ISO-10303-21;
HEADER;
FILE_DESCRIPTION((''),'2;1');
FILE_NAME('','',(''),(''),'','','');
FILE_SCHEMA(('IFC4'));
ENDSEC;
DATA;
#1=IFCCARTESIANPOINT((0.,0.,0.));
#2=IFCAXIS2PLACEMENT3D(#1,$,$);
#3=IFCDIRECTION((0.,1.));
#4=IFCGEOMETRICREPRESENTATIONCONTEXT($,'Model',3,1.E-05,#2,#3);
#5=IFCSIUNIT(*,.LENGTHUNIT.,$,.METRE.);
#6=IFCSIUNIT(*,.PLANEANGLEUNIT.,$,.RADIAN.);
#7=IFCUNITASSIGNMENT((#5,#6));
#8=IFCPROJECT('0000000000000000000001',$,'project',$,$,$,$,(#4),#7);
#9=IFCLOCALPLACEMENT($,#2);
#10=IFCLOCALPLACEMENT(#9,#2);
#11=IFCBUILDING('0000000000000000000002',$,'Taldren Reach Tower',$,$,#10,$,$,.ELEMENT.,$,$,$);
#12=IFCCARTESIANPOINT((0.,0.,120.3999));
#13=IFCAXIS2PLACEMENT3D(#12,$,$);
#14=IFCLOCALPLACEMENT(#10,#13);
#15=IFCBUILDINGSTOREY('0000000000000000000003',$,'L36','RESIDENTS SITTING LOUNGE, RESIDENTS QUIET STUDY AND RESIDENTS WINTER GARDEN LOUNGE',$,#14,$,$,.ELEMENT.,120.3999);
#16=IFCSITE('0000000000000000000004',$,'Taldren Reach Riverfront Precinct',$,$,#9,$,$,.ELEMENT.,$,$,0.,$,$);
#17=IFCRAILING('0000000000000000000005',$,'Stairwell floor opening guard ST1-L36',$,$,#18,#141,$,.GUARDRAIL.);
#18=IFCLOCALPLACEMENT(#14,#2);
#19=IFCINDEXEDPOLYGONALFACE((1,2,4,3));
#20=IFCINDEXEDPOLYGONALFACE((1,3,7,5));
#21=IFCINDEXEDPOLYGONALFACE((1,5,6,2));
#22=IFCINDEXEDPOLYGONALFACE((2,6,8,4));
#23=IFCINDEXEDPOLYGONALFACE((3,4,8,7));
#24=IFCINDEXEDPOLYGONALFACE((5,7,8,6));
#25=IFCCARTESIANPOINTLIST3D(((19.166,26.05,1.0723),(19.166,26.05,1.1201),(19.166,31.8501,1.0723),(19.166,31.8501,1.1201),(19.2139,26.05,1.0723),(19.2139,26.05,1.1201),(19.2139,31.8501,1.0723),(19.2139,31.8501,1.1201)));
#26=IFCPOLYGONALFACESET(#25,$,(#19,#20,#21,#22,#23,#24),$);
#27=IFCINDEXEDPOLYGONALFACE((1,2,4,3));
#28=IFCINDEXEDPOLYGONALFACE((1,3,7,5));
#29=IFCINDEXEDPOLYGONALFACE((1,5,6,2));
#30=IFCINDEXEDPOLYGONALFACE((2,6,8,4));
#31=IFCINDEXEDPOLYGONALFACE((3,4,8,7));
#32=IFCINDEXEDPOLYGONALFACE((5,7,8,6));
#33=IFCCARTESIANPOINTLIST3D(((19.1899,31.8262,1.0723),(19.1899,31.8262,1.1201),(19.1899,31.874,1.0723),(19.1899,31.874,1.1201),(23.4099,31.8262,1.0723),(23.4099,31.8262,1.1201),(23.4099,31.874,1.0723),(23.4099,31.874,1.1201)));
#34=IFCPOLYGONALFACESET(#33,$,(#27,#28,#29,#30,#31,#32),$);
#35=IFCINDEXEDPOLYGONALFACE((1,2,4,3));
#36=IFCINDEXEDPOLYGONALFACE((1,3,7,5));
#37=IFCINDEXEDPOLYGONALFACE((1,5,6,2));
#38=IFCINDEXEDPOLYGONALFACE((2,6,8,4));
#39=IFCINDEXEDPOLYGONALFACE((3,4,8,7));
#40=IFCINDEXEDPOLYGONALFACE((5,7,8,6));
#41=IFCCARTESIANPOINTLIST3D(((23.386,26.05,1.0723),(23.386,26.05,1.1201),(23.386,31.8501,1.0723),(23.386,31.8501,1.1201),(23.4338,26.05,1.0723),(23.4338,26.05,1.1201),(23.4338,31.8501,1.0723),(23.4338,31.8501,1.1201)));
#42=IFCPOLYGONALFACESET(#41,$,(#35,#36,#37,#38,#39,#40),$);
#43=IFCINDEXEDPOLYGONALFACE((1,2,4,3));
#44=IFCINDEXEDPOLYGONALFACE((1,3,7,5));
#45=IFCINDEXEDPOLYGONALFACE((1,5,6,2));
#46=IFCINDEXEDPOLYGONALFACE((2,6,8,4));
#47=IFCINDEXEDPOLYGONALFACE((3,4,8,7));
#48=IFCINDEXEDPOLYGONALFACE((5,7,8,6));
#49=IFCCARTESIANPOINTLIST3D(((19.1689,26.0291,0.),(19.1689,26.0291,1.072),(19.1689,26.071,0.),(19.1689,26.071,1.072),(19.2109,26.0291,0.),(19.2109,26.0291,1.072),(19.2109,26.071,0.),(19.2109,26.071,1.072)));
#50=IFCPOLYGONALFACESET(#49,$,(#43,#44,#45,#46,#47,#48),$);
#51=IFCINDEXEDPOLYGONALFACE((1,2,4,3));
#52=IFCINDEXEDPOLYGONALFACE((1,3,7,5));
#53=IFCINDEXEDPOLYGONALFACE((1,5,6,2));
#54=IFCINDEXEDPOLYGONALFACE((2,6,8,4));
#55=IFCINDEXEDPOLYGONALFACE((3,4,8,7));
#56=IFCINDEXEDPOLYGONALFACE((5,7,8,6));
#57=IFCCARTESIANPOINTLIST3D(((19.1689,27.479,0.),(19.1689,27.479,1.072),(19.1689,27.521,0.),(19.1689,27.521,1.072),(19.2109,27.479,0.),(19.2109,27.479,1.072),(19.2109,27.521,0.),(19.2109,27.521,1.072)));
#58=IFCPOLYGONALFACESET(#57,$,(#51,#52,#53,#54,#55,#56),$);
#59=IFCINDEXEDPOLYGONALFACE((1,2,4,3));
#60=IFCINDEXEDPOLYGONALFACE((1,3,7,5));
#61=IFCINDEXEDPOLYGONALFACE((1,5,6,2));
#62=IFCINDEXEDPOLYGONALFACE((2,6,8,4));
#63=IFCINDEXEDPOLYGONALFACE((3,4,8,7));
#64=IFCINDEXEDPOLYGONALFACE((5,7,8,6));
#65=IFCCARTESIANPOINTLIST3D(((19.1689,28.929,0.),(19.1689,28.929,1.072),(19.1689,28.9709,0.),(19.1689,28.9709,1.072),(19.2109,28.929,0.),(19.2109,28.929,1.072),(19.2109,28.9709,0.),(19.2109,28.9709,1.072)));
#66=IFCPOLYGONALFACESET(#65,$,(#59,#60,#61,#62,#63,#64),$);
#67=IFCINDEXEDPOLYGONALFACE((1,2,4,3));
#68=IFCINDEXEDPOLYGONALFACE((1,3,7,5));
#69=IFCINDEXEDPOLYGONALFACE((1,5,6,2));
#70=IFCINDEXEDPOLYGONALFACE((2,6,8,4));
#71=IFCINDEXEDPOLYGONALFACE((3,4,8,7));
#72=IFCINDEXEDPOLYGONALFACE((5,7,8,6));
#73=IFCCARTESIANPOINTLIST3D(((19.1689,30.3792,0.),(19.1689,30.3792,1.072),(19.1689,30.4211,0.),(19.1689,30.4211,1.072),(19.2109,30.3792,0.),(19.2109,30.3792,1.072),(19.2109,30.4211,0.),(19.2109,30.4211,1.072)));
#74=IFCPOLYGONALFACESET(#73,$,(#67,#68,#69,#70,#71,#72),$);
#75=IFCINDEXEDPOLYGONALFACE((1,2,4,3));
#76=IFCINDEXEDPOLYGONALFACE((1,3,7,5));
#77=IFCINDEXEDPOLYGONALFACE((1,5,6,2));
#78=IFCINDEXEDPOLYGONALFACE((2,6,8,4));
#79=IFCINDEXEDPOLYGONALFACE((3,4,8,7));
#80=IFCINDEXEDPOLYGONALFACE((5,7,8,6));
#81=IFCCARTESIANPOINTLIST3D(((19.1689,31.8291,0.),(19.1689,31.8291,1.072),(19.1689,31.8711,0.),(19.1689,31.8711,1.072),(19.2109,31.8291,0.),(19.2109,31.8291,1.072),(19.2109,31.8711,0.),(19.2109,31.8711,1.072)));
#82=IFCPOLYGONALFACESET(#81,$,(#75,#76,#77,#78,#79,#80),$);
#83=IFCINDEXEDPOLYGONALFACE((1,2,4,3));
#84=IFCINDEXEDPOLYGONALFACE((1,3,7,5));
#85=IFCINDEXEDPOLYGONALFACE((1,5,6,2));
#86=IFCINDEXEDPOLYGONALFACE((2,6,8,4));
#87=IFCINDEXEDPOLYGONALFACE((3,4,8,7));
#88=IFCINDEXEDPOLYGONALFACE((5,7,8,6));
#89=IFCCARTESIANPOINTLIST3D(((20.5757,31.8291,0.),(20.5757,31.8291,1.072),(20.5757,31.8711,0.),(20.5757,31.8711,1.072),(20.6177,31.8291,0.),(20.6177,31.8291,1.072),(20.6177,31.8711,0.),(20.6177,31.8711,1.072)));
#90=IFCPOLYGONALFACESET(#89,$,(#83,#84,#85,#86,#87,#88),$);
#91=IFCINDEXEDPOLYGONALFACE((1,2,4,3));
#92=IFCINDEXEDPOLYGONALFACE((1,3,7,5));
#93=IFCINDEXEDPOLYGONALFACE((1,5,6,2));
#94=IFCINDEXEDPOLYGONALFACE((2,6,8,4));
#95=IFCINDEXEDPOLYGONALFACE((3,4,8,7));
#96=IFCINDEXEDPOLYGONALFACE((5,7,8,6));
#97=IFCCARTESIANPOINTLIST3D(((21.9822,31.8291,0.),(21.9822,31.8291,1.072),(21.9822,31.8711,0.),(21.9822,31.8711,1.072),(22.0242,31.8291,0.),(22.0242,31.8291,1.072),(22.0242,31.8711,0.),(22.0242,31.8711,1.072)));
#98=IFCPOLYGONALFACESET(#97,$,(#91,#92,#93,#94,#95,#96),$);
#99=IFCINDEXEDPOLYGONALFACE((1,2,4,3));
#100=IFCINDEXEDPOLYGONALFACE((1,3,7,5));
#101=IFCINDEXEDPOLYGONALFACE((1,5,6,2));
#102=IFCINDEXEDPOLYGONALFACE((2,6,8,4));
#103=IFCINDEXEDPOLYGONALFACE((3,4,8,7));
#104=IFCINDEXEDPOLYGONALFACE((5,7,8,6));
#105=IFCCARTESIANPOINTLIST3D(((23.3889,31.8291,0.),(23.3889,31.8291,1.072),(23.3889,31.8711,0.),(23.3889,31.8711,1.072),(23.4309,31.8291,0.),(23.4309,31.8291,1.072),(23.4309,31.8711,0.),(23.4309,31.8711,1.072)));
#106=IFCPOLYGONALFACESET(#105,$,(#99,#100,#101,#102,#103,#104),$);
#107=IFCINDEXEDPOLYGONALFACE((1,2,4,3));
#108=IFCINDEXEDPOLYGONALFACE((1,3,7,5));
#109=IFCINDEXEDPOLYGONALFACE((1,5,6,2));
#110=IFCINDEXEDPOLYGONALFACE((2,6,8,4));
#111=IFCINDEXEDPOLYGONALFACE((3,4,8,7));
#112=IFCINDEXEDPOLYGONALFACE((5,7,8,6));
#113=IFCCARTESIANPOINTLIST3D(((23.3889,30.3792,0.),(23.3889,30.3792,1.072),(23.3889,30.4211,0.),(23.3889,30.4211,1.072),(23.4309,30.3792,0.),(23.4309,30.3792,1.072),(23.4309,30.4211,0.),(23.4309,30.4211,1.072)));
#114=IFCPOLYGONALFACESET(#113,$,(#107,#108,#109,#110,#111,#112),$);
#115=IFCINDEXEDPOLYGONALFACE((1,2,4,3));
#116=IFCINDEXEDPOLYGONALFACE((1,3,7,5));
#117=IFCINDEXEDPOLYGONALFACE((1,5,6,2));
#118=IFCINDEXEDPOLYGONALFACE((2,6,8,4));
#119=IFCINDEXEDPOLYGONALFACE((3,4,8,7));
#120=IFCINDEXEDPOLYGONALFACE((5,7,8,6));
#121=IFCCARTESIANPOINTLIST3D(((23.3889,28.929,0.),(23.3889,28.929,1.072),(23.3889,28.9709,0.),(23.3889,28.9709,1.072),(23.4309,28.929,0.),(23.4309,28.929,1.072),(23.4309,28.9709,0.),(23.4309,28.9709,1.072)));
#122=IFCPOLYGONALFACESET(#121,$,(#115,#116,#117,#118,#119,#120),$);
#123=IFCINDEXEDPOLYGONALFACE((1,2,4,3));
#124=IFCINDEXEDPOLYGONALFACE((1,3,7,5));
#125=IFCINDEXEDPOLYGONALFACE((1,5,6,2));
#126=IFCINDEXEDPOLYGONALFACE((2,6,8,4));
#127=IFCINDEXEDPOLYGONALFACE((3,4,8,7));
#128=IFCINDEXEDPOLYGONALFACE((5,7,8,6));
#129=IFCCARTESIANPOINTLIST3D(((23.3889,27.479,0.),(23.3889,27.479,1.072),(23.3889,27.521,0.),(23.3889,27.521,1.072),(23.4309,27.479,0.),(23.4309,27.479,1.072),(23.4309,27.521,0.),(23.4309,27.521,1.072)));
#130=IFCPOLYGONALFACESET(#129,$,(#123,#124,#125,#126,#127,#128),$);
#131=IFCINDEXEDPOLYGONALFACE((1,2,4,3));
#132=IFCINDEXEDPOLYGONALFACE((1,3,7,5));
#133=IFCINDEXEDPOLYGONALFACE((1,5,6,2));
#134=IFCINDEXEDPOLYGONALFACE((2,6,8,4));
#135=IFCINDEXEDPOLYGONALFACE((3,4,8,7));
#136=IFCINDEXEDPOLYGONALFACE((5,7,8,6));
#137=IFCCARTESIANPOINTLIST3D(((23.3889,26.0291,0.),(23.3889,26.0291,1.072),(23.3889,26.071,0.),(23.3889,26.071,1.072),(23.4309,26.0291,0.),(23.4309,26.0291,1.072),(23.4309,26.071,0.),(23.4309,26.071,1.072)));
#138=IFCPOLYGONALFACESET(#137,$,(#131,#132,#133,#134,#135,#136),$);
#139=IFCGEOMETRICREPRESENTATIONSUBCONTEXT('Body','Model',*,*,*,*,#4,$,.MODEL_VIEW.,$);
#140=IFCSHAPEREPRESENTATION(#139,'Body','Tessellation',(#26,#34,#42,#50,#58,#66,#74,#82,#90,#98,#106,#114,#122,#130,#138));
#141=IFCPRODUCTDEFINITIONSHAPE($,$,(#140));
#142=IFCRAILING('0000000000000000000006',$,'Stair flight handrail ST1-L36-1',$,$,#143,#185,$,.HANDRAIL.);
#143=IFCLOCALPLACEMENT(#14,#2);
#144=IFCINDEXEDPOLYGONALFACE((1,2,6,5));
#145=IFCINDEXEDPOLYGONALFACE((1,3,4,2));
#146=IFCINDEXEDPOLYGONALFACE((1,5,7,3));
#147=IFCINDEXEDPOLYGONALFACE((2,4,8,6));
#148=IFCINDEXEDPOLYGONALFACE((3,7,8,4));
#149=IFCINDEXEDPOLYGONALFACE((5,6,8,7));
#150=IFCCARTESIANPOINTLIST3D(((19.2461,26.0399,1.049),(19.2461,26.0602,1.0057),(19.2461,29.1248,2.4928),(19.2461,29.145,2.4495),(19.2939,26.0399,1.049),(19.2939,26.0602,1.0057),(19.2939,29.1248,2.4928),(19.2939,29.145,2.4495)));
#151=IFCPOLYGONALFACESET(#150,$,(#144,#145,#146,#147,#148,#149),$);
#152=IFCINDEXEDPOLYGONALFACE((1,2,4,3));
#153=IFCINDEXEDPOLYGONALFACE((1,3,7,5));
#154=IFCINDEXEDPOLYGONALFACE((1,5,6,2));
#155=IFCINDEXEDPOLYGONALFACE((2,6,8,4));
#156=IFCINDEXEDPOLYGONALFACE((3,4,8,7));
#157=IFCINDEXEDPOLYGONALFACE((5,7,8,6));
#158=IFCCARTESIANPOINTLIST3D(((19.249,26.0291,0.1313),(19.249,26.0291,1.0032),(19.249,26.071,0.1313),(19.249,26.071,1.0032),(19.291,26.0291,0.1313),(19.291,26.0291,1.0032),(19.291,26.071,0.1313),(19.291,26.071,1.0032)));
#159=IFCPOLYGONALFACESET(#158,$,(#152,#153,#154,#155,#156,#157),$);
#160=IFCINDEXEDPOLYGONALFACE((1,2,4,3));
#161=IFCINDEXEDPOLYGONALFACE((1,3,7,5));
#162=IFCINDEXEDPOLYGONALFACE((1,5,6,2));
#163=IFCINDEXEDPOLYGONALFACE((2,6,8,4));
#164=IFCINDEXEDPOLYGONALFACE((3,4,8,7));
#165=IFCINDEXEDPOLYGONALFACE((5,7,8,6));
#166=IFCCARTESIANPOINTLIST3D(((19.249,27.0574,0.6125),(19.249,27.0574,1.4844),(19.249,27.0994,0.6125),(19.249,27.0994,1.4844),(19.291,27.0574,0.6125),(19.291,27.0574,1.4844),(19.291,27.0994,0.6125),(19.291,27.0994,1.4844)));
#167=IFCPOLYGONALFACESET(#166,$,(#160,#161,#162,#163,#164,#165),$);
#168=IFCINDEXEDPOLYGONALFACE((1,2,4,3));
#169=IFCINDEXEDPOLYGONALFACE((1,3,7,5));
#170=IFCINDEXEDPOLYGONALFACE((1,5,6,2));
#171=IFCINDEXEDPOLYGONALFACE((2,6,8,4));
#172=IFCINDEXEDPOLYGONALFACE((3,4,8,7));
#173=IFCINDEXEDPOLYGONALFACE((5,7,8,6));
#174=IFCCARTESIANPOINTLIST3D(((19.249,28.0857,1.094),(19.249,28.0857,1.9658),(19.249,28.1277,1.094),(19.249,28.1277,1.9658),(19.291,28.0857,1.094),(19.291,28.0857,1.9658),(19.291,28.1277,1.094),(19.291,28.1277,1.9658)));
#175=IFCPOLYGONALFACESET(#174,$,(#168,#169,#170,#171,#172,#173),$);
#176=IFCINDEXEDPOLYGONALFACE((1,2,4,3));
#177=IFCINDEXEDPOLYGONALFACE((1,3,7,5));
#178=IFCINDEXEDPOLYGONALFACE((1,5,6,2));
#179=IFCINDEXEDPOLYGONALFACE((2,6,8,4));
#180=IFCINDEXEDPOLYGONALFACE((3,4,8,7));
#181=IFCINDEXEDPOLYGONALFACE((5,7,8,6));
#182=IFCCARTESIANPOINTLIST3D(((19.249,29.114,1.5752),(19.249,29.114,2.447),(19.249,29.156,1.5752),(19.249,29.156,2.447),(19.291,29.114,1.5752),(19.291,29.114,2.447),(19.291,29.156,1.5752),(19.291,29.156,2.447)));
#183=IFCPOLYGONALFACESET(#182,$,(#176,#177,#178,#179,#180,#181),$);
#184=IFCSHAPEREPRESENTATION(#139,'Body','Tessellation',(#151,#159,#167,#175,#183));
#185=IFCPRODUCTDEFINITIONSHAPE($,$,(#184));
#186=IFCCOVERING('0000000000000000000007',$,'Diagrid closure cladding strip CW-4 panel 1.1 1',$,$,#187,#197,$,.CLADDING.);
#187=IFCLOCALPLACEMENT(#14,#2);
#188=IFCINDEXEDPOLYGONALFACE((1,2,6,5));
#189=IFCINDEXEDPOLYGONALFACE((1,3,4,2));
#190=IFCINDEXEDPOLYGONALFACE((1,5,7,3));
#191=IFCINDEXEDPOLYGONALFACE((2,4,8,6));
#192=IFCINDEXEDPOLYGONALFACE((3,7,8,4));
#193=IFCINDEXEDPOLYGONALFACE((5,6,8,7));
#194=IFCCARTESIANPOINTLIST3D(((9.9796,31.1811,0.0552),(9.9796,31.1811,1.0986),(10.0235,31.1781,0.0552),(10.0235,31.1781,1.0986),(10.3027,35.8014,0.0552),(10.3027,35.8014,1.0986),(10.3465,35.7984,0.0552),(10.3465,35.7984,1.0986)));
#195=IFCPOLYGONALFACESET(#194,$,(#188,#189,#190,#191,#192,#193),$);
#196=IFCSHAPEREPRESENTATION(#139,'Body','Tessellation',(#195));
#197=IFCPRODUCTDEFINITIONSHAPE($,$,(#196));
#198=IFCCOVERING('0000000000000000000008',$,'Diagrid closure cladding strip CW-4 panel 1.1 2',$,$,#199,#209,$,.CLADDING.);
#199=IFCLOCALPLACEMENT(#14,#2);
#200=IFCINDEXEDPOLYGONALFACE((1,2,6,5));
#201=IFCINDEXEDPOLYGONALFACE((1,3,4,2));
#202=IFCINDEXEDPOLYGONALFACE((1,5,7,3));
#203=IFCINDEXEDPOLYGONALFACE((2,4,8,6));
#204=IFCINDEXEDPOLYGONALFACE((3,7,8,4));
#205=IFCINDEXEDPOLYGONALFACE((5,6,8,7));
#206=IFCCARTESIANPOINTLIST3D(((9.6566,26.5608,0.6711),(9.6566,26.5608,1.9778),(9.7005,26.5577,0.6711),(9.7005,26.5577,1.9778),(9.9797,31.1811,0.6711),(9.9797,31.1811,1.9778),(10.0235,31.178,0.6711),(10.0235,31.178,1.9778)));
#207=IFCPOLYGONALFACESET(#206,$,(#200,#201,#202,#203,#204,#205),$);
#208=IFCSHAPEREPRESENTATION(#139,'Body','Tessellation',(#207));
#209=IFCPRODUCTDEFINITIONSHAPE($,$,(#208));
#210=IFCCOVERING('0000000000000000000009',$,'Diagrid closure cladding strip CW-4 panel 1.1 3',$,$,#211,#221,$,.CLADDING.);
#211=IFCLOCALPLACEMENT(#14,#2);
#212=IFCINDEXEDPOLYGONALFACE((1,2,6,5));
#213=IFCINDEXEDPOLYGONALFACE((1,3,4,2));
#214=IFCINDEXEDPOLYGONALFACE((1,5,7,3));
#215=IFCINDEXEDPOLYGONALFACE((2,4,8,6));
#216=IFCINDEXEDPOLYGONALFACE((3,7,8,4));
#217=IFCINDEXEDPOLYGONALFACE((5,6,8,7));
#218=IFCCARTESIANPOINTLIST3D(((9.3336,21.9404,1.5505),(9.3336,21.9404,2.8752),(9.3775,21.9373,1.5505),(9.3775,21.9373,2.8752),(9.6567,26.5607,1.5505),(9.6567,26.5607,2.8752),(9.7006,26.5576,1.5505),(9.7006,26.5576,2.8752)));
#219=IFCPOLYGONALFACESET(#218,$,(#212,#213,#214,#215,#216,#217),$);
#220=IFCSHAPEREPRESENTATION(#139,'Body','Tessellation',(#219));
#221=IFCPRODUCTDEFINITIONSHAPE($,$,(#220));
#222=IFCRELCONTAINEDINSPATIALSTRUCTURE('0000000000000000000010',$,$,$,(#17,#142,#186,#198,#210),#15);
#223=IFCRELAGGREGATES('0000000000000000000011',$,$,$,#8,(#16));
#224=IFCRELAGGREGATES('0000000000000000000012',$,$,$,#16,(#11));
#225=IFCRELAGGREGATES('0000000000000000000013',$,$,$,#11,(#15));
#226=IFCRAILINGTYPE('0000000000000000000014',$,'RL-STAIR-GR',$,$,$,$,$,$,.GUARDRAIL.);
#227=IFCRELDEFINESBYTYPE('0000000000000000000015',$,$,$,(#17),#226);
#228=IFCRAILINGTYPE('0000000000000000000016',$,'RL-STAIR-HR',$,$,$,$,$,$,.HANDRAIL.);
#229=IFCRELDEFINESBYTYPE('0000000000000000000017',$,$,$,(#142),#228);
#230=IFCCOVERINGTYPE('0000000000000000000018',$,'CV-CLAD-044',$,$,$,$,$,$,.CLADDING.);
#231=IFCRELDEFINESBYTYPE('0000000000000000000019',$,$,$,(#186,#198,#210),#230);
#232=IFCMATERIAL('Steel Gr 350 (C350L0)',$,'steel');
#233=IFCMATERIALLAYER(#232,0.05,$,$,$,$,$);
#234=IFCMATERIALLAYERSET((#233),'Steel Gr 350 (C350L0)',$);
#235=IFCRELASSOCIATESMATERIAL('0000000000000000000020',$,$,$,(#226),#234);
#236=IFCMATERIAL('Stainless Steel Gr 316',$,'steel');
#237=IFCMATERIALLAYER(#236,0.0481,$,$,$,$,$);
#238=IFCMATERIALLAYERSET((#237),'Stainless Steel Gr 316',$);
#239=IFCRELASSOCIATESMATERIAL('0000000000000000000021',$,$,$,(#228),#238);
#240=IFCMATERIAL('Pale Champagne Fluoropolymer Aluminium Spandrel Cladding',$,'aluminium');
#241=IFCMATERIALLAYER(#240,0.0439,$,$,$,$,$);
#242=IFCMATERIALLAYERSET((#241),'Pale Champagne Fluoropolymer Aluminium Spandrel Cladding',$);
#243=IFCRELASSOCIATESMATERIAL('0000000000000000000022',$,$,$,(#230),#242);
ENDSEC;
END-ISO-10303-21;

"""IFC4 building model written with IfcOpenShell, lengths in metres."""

from ifc_helpers import new_model, si_unit, direction, frame, origin, origin_2d, place, context, subcontext, project, spatial, rectangle, extrude, source, transform, mapped, material, layer, layer_set, type_object, element, save


model = new_model("IFC4")

# Units and contexts
model_context = context("Model", 3, precision=1e-05, world=origin(), true_north=direction((0.0, 1.0)))
body_context = subcontext(model_context, "Body", "Model", "MODEL_VIEW")
ifc_project = project(units=[si_unit("LENGTHUNIT", "METRE"), si_unit("PLANEANGLEUNIT", "RADIAN")], contexts=[model_context])

# Site, building, storey
site_placement = place(None, origin())
site = spatial("IfcSite", under=ifc_project, at=site_placement, Name="Taldren Reach Riverfront Precinct", CompositionType="ELEMENT", RefElevation=0.0)
building_placement = place(site_placement, origin())
building = spatial("IfcBuilding", under=site, at=building_placement, Name="Taldren Reach Tower", CompositionType="ELEMENT")
storey_placement = place(building_placement, frame((0.0, 0.0, 120.3999)))
storey = spatial("IfcBuildingStorey", under=building, at=storey_placement, Name="L36", Description="RESIDENTS SITTING LOUNGE, RESIDENTS QUIET STUDY AND RESIDENTS WINTER GARDEN LOUNGE", CompositionType="ELEMENT", Elevation=120.3999)

# Shared definitions
ifc_material_1 = material(Name="Steel Gr 350 (C350L0)", Category="steel")

# Railings
ifc_layer_1 = layer(ifc_material_1, 0.05)
ifc_layer_set_1 = layer_set([ifc_layer_1], Name="Steel Gr 350 (C350L0)")
railing_type_1 = type_object("IfcRailingType", Name="RL-STAIR-GR", PredefinedType="GUARDRAIL", material=ifc_layer_set_1)
railing_1_placement = place(storey_placement, frame((19.1899, 26.05, 0.0)))
element("IfcRailing", 1, at=railing_1_placement, inside=storey, type_object=railing_type_1, Name="Stairwell floor opening guard ST1-L36", PredefinedType="GUARDRAIL", context=body_context, shape_type="SweptSolid", body=[
    extrude(rectangle(XDim=0.0479, YDim=0.0479, at=origin_2d()), frame((0.0, 0.0, 1.0962), z_axis=(0.0, 1.0, 0.0), x_axis=(-1.0, 0.0, 0.0)), (0.0, 0.0, 1.0), 5.8),
    extrude(rectangle(XDim=0.0479, YDim=0.0479, at=origin_2d()), frame((0.0, 5.8, 1.0962), z_axis=(1.0, 0.0, 0.0), x_axis=(0.0, 1.0, 0.0)), (0.0, 0.0, 1.0), 4.22),
    extrude(rectangle(XDim=0.0479, YDim=0.0479, at=origin_2d()), frame((4.22, 5.8, 1.0962), z_axis=(0.0, -1.0, 0.0), x_axis=(1.0, 0.0, 0.0)), (0.0, 0.0, 1.0), 5.8),
    extrude(rectangle(XDim=0.042, YDim=0.042, at=origin_2d()), origin(), (0.0, 0.0, 1.0), 1.072),
    extrude(rectangle(XDim=0.042, YDim=0.042, at=origin_2d()), frame((0.0, 1.45, 0.0)), (0.0, 0.0, 1.0), 1.072),
    extrude(rectangle(XDim=0.042, YDim=0.042, at=origin_2d()), frame((0.0, 2.8999, 0.0)), (0.0, 0.0, 1.0), 1.072),
    extrude(rectangle(XDim=0.042, YDim=0.042, at=origin_2d()), frame((0.0, 4.3501, 0.0)), (0.0, 0.0, 1.0), 1.072),
    extrude(rectangle(XDim=0.042, YDim=0.042, at=origin_2d()), frame((0.0, 5.8, 0.0)), (0.0, 0.0, 1.0), 1.072),
    extrude(rectangle(XDim=0.042, YDim=0.042, at=origin_2d()), frame((1.4067, 5.8, 0.0)), (0.0, 0.0, 1.0), 1.072),
    extrude(rectangle(XDim=0.042, YDim=0.042, at=origin_2d()), frame((2.8132, 5.8, 0.0)), (0.0, 0.0, 1.0), 1.072),
    extrude(rectangle(XDim=0.042, YDim=0.042, at=origin_2d()), frame((4.22, 5.8, 0.0)), (0.0, 0.0, 1.0), 1.072),
    extrude(rectangle(XDim=0.042, YDim=0.042, at=origin_2d()), frame((4.22, 4.3501, 0.0)), (0.0, 0.0, 1.0), 1.072),
    extrude(rectangle(XDim=0.042, YDim=0.042, at=origin_2d()), frame((4.22, 2.8999, 0.0)), (0.0, 0.0, 1.0), 1.072),
    extrude(rectangle(XDim=0.042, YDim=0.042, at=origin_2d()), frame((4.22, 1.45, 0.0)), (0.0, 0.0, 1.0), 1.072),
    extrude(rectangle(XDim=0.042, YDim=0.042, at=origin_2d()), frame((4.22, 0.0, 0.0)), (0.0, 0.0, 1.0), 1.072),
])
ifc_material_2 = material(Name="Stainless Steel Gr 316", Category="steel")
ifc_layer_2 = layer(ifc_material_2, 0.0481)
ifc_layer_set_2 = layer_set([ifc_layer_2], Name="Stainless Steel Gr 316")
railing_type_2 = type_object("IfcRailingType", Name="RL-STAIR-HR", PredefinedType="HANDRAIL", material=ifc_layer_set_2)
railing_2_placement = place(storey_placement, frame((19.27, 26.05, 0.1313)))
element("IfcRailing", 2, at=railing_2_placement, inside=storey, type_object=railing_type_2, Name="Stair flight handrail ST1-L36-1", PredefinedType="HANDRAIL", context=body_context, shape_type="SweptSolid", body=[
    extrude(rectangle(XDim=0.0479, YDim=0.0479, at=origin_2d()), frame((0.0, 0.0, 0.896), z_axis=(0.0, 0.90571, 0.423898), x_axis=(-1.0, 0.0, 0.0)), (0.0, 0.0, 1.0), 3.406),
    extrude(rectangle(XDim=0.042, YDim=0.042, at=origin_2d()), origin(), (0.0, 0.0, 1.0), 0.8718),
    extrude(rectangle(XDim=0.042, YDim=0.042, at=origin_2d()), frame((0.0, 1.0283, 0.4812)), (0.0, 0.0, 1.0), 0.8718),
    extrude(rectangle(XDim=0.042, YDim=0.042, at=origin_2d()), frame((0.0, 2.0566, 0.9626)), (0.0, 0.0, 1.0), 0.8718),
    extrude(rectangle(XDim=0.042, YDim=0.042, at=origin_2d()), frame((0.0, 3.085, 1.4438)), (0.0, 0.0, 1.0), 0.8718),
])

# Coverings
ifc_material_3 = material(Name="Pale Champagne Fluoropolymer Aluminium Spandrel Cladding", Category="aluminium")
ifc_layer_3 = layer(ifc_material_3, 0.0439)
ifc_layer_set_3 = layer_set([ifc_layer_3], Name="Pale Champagne Fluoropolymer Aluminium Spandrel Cladding")
covering_type = type_object("IfcCoveringType", Name="CV-CLAD-044", PredefinedType="CLADDING", material=ifc_layer_set_3)
shared_shape_1 = source(origin(), body_context, "Body", "SweptSolid", [
    extrude(rectangle(XDim=4.6316, YDim=0.0439, at=origin_2d()), origin(), (0.0, 0.0, 1.0), 1.0435),
])
covering_1_placement = place(storey_placement, frame((10.1631, 33.4897, 0.0552), z_axis=(0.0, 0.0, 1.0), x_axis=(-0.069756, -0.997564, 0.0)))
element("IfcCovering", 3, at=covering_1_placement, inside=storey, type_object=covering_type, Name="Diagrid closure cladding strip CW-4 panel 1.1 1", PredefinedType="CLADDING", context=body_context, shape_type="MappedRepresentation", body=[
    mapped(shared_shape_1, transform((0.0, 0.0, 0.0), scale=1.0)),
])
shared_shape_2 = source(origin(), body_context, "Body", "SweptSolid", [
    extrude(rectangle(XDim=4.6316, YDim=0.0439, at=origin_2d()), origin(), (0.0, 0.0, 1.0), 1.3066),
])
covering_2_placement = place(storey_placement, frame((9.8401, 28.8694, 0.6711), z_axis=(0.0, 0.0, 1.0), x_axis=(-0.069756, -0.997564, 0.0)))
element("IfcCovering", 4, at=covering_2_placement, inside=storey, type_object=covering_type, Name="Diagrid closure cladding strip CW-4 panel 1.1 2", PredefinedType="CLADDING", context=body_context, shape_type="MappedRepresentation", body=[
    mapped(shared_shape_2, transform((0.0, 0.0, 0.0), scale=1.0)),
])
shared_shape_3 = source(origin(), body_context, "Body", "SweptSolid", [
    extrude(rectangle(XDim=4.6316, YDim=0.0439, at=origin_2d()), origin(), (0.0, 0.0, 1.0), 1.3247),
])
covering_3_placement = place(storey_placement, frame((9.5171, 24.249, 1.5505), z_axis=(0.0, 0.0, 1.0), x_axis=(-0.069756, -0.997564, 0.0)))
element("IfcCovering", 5, at=covering_3_placement, inside=storey, type_object=covering_type, Name="Diagrid closure cladding strip CW-4 panel 1.1 3", PredefinedType="CLADDING", context=body_context, shape_type="MappedRepresentation", body=[
    mapped(shared_shape_3, transform((0.0, 0.0, 0.0), scale=1.0)),
])

save(model, "model.ifc")
